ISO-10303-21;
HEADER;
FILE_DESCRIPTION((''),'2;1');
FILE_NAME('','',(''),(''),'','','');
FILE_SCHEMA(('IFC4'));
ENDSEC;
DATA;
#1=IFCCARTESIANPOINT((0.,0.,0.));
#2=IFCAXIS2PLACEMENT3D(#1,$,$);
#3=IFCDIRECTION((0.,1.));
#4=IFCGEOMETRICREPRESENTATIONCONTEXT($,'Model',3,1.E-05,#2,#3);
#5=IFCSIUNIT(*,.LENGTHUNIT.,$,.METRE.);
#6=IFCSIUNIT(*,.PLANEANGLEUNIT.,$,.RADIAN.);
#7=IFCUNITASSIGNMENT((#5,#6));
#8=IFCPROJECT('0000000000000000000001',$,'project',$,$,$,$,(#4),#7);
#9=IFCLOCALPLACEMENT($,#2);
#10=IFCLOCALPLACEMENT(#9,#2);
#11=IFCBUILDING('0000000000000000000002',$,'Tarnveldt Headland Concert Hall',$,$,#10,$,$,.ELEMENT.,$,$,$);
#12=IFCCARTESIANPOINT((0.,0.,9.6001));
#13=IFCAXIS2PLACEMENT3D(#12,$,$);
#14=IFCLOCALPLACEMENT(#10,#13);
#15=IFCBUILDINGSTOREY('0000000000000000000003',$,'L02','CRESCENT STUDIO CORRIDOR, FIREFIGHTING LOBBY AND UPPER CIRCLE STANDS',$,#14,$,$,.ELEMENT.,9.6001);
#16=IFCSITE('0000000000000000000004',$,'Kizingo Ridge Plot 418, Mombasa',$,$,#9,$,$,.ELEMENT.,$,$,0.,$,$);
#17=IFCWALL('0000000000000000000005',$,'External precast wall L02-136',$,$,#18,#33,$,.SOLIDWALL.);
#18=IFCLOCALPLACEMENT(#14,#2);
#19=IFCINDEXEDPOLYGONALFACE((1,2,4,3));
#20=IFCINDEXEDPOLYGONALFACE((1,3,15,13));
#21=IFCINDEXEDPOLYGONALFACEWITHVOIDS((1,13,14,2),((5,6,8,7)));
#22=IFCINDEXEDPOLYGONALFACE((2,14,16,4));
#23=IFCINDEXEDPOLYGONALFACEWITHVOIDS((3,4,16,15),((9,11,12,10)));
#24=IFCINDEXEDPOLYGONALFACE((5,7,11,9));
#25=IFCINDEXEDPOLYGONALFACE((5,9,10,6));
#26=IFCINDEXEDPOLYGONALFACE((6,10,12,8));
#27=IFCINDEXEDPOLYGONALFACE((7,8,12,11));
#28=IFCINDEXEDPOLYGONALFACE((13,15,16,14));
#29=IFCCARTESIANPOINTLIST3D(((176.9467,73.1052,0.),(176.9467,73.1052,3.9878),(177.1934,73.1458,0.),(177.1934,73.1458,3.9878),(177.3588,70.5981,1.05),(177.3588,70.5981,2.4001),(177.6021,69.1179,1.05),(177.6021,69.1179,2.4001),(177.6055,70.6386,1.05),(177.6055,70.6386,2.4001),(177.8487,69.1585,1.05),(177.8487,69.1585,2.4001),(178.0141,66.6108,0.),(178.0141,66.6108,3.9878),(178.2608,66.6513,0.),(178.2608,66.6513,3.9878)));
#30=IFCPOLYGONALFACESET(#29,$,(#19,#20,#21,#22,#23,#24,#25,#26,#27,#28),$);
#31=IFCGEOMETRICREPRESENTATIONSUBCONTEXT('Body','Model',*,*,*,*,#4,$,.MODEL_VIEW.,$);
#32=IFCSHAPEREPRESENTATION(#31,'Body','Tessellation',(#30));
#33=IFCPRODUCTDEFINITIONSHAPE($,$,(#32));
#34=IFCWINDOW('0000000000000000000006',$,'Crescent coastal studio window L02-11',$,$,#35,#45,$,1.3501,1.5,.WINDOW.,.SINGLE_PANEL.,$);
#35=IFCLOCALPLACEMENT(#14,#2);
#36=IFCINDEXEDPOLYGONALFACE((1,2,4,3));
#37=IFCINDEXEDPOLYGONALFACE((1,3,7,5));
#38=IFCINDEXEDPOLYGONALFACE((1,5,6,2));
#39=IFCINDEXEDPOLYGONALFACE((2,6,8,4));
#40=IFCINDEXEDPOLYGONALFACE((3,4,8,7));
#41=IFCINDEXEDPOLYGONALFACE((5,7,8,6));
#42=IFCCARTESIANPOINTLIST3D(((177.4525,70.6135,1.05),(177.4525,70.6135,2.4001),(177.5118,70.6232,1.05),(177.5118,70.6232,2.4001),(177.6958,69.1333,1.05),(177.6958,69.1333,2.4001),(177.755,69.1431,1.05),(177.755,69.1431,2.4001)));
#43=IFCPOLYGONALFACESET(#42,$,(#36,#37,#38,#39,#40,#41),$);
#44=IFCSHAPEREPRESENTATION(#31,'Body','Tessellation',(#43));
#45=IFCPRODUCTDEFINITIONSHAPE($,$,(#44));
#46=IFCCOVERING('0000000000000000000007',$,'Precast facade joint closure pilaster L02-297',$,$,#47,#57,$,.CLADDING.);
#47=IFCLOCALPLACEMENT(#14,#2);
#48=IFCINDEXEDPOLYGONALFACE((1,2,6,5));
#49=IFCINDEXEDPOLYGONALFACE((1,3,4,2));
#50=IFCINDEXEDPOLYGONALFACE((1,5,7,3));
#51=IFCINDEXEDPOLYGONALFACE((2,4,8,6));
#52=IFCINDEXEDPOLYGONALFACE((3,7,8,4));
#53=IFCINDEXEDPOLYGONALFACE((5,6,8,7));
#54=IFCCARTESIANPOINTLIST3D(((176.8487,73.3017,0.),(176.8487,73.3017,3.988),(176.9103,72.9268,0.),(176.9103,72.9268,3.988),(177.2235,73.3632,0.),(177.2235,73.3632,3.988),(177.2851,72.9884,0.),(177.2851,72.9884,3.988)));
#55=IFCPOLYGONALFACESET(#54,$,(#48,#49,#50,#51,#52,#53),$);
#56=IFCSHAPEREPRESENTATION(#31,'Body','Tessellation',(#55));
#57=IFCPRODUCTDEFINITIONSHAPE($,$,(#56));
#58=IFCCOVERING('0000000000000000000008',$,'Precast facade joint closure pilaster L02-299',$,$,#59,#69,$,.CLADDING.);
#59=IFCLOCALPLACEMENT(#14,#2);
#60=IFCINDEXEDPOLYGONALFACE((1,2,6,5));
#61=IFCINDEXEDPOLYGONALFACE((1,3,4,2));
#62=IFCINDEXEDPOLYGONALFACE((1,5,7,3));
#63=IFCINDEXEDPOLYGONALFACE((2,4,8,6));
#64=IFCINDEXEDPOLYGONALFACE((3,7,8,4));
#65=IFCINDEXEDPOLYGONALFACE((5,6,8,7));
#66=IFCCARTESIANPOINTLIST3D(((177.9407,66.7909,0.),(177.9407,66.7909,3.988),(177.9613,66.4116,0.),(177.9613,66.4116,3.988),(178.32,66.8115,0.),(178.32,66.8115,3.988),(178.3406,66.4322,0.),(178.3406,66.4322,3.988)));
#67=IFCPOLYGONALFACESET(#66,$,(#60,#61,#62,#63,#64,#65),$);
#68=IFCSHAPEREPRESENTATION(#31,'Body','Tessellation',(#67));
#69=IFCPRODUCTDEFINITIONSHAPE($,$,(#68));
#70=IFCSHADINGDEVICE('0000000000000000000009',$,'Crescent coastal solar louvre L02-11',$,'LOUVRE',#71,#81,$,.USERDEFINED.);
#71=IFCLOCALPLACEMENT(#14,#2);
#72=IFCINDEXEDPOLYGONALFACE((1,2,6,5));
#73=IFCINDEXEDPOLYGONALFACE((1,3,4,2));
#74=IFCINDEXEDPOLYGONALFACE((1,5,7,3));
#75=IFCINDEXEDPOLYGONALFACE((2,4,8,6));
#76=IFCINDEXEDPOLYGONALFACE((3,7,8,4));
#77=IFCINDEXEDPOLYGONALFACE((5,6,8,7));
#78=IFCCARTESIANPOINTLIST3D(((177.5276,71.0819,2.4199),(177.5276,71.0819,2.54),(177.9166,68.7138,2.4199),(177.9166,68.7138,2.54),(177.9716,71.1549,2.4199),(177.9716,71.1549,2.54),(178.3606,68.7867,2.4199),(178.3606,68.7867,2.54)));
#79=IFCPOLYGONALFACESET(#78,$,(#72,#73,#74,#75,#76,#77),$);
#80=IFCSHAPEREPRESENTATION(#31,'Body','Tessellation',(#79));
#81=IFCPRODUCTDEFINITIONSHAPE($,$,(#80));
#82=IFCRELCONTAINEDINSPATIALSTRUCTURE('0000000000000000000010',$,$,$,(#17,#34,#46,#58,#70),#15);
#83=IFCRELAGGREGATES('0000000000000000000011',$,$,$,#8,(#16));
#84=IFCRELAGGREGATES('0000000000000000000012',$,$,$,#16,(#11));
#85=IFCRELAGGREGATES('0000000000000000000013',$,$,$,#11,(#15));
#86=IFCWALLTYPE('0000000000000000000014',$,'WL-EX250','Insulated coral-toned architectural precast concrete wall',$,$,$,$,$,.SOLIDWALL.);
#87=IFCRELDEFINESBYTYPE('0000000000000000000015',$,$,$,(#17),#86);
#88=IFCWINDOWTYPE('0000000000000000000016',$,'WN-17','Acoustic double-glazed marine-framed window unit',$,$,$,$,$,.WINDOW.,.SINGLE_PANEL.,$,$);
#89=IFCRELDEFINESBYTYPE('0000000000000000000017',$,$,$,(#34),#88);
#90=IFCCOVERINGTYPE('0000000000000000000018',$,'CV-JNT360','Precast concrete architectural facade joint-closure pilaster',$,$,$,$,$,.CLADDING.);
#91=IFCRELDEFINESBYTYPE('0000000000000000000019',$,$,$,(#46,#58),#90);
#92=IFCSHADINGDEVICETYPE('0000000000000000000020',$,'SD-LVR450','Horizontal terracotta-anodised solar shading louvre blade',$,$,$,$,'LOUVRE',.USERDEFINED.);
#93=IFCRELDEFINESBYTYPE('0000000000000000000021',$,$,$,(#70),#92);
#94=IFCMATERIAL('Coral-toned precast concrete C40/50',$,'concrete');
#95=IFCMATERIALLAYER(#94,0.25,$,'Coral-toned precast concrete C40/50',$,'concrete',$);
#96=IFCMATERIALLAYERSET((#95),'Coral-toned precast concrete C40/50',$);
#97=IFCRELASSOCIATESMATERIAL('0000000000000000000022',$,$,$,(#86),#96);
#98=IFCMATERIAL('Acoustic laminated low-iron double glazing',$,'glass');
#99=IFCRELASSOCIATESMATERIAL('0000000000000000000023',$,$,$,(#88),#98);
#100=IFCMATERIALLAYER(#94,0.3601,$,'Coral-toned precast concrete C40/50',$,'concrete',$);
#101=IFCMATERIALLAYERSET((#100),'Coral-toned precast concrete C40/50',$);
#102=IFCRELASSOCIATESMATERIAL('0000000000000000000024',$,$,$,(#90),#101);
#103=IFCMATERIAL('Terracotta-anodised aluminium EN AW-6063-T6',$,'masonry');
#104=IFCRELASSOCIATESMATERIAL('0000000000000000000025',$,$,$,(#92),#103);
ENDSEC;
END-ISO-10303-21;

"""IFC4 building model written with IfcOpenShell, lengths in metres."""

from ifc_helpers import new_model, si_unit, direction, frame, frame_2d, origin, origin_2d, place, context, subcontext, project, spatial, rectangle, extrude, material, layer, layer_set, type_object, element, fill, save


model = new_model("IFC4")

# Units and contexts
model_context = context("Model", 3, precision=1e-05, world=origin(), true_north=direction((0.0, 1.0)))
body_context = subcontext(model_context, "Body", "Model", "MODEL_VIEW")
ifc_project = project(units=[si_unit("LENGTHUNIT", "METRE"), si_unit("PLANEANGLEUNIT", "RADIAN")], contexts=[model_context])

# Site, building, storey
site_placement = place(None, origin())
site = spatial("IfcSite", under=ifc_project, at=site_placement, Name="Kizingo Ridge Plot 418, Mombasa", CompositionType="ELEMENT", RefElevation=0.0)
building_placement = place(site_placement, origin())
building = spatial("IfcBuilding", under=site, at=building_placement, Name="Tarnveldt Headland Concert Hall", CompositionType="ELEMENT")
storey_placement = place(building_placement, frame((0.0, 0.0, 9.6001)))
storey = spatial("IfcBuildingStorey", under=building, at=storey_placement, Name="L02", Description="CRESCENT STUDIO CORRIDOR, FIREFIGHTING LOBBY AND UPPER CIRCLE STANDS", CompositionType="ELEMENT", Elevation=9.6001)

# Wall, opening, window
ifc_material_1 = material(Name="Coral-toned precast concrete C40/50", Category="concrete")
ifc_layer_1 = layer(ifc_material_1, 0.25, Name="Coral-toned precast concrete C40/50", Category="concrete")
ifc_layer_set_1 = layer_set([ifc_layer_1], Name="Coral-toned precast concrete C40/50")
wall_type = type_object("IfcWallType", Name="WL-EX250", Description="Insulated coral-toned architectural precast concrete wall", PredefinedType="SOLIDWALL", material=ifc_layer_set_1)
ifc_material_2 = material(Name="Acoustic laminated low-iron double glazing", Category="glass")
wall_1_placement = place(storey_placement, frame((177.0701, 73.1255, 0.0), z_axis=(0.0, 0.0, 1.0), x_axis=(0.162179, -0.986761, 0.0)))
wall_1 = element("IfcWall", 1, at=wall_1_placement, inside=storey, type_object=wall_type, Name="External precast wall L02-136", PredefinedType="SOLIDWALL", context=body_context, shape_type="SweptSolid", body=[
    extrude(rectangle(XDim=6.5815, YDim=0.25, at=frame_2d((3.2908, 0.0))), origin(), (0.0, 0.0, 1.0), 3.9878),
])
opening_1_placement = place(wall_1_placement, frame((2.5408, 0.0, 1.05)))
opening_1 = element("IfcOpeningElement", 2, at=opening_1_placement, cuts=wall_1, PredefinedType="OPENING", context=body_context, shape_type="SweptSolid", body=[
    extrude(rectangle(XDim=1.5, YDim=1.3501, at=frame_2d((0.75, 0.675))), frame((0.0, 0.135, 0.0), z_axis=(0.0, -1.0, 0.0), x_axis=(1.0, 0.0, 0.0)), (0.0, 0.0, 1.0), 0.27),
])
window_type_1 = type_object("IfcWindowType", Name="WN-17", Description="Acoustic double-glazed marine-framed window unit", PartitioningType="SINGLE_PANEL", PredefinedType="WINDOW", material=ifc_material_2)
window_1_placement = place(opening_1_placement, origin())
window_1 = element("IfcWindow", 3, at=window_1_placement, inside=storey, type_object=window_type_1, Name="Crescent coastal studio window L02-11", OverallHeight=1.3501, OverallWidth=1.5, PartitioningType="SINGLE_PANEL", PredefinedType="WINDOW", context=body_context, shape_type="SweptSolid", body=[
    extrude(rectangle(XDim=1.5, YDim=1.3501, at=frame_2d((0.75, 0.675))), frame((0.0, 0.03, 0.0), z_axis=(0.0, -1.0, 0.0), x_axis=(1.0, 0.0, 0.0)), (0.0, 0.0, 1.0), 0.0601),
])
fill(opening_1, window_1)

# Coverings
ifc_layer_2 = layer(ifc_material_1, 0.3601, Name="Coral-toned precast concrete C40/50", Category="concrete")
ifc_layer_set_2 = layer_set([ifc_layer_2], Name="Coral-toned precast concrete C40/50")
covering_type = type_object("IfcCoveringType", Name="CV-JNT360", Description="Precast concrete architectural facade joint-closure pilaster", PredefinedType="CLADDING", material=ifc_layer_set_2)
for number, where, z_axis, x_axis, name in (
    (4, (177.0669, 73.145, 0.0), (0.0, 0.0, 1.0), (0.162121, -0.986771, 0.0), "Precast facade joint closure pilaster L02-297"),
    (5, (178.1406, 66.6116, 0.0), (0.0, 0.0, 1.0), (0.054253, -0.998527, 0.0), "Precast facade joint closure pilaster L02-299"),
):
    element("IfcCovering", number, at=place(storey_placement, frame(where, z_axis=z_axis, x_axis=x_axis)), inside=storey, type_object=covering_type, Name=name, PredefinedType="CLADDING", context=body_context, shape_type="SweptSolid", body=[
        extrude(rectangle(XDim=0.3799, YDim=0.3799, at=origin_2d()), origin(), (0.0, 0.0, 1.0), 3.988),
    ])

# Shading device
ifc_material_3 = material(Name="Terracotta-anodised aluminium EN AW-6063-T6", Category="masonry")
shading_device_type = type_object("IfcShadingDeviceType", Name="SD-LVR450", Description="Horizontal terracotta-anodised solar shading louvre blade", ElementType="LOUVRE", PredefinedType="USERDEFINED", material=ifc_material_3)
shading_device_placement = place(storey_placement, frame((177.9441, 69.9343, 2.4199), z_axis=(0.0, 0.0, 1.0), x_axis=(0.986771, 0.162121, 0.0)))
element("IfcShadingDevice", 6, at=shading_device_placement, inside=storey, type_object=shading_device_type, Name="Crescent coastal solar louvre L02-11", ObjectType="LOUVRE", PredefinedType="USERDEFINED", context=body_context, shape_type="SweptSolid", body=[
    extrude(rectangle(XDim=0.45, YDim=2.3999, at=origin_2d()), origin(), (0.0, 0.0, 1.0), 0.1201),
])

save(model, "model.ifc")
